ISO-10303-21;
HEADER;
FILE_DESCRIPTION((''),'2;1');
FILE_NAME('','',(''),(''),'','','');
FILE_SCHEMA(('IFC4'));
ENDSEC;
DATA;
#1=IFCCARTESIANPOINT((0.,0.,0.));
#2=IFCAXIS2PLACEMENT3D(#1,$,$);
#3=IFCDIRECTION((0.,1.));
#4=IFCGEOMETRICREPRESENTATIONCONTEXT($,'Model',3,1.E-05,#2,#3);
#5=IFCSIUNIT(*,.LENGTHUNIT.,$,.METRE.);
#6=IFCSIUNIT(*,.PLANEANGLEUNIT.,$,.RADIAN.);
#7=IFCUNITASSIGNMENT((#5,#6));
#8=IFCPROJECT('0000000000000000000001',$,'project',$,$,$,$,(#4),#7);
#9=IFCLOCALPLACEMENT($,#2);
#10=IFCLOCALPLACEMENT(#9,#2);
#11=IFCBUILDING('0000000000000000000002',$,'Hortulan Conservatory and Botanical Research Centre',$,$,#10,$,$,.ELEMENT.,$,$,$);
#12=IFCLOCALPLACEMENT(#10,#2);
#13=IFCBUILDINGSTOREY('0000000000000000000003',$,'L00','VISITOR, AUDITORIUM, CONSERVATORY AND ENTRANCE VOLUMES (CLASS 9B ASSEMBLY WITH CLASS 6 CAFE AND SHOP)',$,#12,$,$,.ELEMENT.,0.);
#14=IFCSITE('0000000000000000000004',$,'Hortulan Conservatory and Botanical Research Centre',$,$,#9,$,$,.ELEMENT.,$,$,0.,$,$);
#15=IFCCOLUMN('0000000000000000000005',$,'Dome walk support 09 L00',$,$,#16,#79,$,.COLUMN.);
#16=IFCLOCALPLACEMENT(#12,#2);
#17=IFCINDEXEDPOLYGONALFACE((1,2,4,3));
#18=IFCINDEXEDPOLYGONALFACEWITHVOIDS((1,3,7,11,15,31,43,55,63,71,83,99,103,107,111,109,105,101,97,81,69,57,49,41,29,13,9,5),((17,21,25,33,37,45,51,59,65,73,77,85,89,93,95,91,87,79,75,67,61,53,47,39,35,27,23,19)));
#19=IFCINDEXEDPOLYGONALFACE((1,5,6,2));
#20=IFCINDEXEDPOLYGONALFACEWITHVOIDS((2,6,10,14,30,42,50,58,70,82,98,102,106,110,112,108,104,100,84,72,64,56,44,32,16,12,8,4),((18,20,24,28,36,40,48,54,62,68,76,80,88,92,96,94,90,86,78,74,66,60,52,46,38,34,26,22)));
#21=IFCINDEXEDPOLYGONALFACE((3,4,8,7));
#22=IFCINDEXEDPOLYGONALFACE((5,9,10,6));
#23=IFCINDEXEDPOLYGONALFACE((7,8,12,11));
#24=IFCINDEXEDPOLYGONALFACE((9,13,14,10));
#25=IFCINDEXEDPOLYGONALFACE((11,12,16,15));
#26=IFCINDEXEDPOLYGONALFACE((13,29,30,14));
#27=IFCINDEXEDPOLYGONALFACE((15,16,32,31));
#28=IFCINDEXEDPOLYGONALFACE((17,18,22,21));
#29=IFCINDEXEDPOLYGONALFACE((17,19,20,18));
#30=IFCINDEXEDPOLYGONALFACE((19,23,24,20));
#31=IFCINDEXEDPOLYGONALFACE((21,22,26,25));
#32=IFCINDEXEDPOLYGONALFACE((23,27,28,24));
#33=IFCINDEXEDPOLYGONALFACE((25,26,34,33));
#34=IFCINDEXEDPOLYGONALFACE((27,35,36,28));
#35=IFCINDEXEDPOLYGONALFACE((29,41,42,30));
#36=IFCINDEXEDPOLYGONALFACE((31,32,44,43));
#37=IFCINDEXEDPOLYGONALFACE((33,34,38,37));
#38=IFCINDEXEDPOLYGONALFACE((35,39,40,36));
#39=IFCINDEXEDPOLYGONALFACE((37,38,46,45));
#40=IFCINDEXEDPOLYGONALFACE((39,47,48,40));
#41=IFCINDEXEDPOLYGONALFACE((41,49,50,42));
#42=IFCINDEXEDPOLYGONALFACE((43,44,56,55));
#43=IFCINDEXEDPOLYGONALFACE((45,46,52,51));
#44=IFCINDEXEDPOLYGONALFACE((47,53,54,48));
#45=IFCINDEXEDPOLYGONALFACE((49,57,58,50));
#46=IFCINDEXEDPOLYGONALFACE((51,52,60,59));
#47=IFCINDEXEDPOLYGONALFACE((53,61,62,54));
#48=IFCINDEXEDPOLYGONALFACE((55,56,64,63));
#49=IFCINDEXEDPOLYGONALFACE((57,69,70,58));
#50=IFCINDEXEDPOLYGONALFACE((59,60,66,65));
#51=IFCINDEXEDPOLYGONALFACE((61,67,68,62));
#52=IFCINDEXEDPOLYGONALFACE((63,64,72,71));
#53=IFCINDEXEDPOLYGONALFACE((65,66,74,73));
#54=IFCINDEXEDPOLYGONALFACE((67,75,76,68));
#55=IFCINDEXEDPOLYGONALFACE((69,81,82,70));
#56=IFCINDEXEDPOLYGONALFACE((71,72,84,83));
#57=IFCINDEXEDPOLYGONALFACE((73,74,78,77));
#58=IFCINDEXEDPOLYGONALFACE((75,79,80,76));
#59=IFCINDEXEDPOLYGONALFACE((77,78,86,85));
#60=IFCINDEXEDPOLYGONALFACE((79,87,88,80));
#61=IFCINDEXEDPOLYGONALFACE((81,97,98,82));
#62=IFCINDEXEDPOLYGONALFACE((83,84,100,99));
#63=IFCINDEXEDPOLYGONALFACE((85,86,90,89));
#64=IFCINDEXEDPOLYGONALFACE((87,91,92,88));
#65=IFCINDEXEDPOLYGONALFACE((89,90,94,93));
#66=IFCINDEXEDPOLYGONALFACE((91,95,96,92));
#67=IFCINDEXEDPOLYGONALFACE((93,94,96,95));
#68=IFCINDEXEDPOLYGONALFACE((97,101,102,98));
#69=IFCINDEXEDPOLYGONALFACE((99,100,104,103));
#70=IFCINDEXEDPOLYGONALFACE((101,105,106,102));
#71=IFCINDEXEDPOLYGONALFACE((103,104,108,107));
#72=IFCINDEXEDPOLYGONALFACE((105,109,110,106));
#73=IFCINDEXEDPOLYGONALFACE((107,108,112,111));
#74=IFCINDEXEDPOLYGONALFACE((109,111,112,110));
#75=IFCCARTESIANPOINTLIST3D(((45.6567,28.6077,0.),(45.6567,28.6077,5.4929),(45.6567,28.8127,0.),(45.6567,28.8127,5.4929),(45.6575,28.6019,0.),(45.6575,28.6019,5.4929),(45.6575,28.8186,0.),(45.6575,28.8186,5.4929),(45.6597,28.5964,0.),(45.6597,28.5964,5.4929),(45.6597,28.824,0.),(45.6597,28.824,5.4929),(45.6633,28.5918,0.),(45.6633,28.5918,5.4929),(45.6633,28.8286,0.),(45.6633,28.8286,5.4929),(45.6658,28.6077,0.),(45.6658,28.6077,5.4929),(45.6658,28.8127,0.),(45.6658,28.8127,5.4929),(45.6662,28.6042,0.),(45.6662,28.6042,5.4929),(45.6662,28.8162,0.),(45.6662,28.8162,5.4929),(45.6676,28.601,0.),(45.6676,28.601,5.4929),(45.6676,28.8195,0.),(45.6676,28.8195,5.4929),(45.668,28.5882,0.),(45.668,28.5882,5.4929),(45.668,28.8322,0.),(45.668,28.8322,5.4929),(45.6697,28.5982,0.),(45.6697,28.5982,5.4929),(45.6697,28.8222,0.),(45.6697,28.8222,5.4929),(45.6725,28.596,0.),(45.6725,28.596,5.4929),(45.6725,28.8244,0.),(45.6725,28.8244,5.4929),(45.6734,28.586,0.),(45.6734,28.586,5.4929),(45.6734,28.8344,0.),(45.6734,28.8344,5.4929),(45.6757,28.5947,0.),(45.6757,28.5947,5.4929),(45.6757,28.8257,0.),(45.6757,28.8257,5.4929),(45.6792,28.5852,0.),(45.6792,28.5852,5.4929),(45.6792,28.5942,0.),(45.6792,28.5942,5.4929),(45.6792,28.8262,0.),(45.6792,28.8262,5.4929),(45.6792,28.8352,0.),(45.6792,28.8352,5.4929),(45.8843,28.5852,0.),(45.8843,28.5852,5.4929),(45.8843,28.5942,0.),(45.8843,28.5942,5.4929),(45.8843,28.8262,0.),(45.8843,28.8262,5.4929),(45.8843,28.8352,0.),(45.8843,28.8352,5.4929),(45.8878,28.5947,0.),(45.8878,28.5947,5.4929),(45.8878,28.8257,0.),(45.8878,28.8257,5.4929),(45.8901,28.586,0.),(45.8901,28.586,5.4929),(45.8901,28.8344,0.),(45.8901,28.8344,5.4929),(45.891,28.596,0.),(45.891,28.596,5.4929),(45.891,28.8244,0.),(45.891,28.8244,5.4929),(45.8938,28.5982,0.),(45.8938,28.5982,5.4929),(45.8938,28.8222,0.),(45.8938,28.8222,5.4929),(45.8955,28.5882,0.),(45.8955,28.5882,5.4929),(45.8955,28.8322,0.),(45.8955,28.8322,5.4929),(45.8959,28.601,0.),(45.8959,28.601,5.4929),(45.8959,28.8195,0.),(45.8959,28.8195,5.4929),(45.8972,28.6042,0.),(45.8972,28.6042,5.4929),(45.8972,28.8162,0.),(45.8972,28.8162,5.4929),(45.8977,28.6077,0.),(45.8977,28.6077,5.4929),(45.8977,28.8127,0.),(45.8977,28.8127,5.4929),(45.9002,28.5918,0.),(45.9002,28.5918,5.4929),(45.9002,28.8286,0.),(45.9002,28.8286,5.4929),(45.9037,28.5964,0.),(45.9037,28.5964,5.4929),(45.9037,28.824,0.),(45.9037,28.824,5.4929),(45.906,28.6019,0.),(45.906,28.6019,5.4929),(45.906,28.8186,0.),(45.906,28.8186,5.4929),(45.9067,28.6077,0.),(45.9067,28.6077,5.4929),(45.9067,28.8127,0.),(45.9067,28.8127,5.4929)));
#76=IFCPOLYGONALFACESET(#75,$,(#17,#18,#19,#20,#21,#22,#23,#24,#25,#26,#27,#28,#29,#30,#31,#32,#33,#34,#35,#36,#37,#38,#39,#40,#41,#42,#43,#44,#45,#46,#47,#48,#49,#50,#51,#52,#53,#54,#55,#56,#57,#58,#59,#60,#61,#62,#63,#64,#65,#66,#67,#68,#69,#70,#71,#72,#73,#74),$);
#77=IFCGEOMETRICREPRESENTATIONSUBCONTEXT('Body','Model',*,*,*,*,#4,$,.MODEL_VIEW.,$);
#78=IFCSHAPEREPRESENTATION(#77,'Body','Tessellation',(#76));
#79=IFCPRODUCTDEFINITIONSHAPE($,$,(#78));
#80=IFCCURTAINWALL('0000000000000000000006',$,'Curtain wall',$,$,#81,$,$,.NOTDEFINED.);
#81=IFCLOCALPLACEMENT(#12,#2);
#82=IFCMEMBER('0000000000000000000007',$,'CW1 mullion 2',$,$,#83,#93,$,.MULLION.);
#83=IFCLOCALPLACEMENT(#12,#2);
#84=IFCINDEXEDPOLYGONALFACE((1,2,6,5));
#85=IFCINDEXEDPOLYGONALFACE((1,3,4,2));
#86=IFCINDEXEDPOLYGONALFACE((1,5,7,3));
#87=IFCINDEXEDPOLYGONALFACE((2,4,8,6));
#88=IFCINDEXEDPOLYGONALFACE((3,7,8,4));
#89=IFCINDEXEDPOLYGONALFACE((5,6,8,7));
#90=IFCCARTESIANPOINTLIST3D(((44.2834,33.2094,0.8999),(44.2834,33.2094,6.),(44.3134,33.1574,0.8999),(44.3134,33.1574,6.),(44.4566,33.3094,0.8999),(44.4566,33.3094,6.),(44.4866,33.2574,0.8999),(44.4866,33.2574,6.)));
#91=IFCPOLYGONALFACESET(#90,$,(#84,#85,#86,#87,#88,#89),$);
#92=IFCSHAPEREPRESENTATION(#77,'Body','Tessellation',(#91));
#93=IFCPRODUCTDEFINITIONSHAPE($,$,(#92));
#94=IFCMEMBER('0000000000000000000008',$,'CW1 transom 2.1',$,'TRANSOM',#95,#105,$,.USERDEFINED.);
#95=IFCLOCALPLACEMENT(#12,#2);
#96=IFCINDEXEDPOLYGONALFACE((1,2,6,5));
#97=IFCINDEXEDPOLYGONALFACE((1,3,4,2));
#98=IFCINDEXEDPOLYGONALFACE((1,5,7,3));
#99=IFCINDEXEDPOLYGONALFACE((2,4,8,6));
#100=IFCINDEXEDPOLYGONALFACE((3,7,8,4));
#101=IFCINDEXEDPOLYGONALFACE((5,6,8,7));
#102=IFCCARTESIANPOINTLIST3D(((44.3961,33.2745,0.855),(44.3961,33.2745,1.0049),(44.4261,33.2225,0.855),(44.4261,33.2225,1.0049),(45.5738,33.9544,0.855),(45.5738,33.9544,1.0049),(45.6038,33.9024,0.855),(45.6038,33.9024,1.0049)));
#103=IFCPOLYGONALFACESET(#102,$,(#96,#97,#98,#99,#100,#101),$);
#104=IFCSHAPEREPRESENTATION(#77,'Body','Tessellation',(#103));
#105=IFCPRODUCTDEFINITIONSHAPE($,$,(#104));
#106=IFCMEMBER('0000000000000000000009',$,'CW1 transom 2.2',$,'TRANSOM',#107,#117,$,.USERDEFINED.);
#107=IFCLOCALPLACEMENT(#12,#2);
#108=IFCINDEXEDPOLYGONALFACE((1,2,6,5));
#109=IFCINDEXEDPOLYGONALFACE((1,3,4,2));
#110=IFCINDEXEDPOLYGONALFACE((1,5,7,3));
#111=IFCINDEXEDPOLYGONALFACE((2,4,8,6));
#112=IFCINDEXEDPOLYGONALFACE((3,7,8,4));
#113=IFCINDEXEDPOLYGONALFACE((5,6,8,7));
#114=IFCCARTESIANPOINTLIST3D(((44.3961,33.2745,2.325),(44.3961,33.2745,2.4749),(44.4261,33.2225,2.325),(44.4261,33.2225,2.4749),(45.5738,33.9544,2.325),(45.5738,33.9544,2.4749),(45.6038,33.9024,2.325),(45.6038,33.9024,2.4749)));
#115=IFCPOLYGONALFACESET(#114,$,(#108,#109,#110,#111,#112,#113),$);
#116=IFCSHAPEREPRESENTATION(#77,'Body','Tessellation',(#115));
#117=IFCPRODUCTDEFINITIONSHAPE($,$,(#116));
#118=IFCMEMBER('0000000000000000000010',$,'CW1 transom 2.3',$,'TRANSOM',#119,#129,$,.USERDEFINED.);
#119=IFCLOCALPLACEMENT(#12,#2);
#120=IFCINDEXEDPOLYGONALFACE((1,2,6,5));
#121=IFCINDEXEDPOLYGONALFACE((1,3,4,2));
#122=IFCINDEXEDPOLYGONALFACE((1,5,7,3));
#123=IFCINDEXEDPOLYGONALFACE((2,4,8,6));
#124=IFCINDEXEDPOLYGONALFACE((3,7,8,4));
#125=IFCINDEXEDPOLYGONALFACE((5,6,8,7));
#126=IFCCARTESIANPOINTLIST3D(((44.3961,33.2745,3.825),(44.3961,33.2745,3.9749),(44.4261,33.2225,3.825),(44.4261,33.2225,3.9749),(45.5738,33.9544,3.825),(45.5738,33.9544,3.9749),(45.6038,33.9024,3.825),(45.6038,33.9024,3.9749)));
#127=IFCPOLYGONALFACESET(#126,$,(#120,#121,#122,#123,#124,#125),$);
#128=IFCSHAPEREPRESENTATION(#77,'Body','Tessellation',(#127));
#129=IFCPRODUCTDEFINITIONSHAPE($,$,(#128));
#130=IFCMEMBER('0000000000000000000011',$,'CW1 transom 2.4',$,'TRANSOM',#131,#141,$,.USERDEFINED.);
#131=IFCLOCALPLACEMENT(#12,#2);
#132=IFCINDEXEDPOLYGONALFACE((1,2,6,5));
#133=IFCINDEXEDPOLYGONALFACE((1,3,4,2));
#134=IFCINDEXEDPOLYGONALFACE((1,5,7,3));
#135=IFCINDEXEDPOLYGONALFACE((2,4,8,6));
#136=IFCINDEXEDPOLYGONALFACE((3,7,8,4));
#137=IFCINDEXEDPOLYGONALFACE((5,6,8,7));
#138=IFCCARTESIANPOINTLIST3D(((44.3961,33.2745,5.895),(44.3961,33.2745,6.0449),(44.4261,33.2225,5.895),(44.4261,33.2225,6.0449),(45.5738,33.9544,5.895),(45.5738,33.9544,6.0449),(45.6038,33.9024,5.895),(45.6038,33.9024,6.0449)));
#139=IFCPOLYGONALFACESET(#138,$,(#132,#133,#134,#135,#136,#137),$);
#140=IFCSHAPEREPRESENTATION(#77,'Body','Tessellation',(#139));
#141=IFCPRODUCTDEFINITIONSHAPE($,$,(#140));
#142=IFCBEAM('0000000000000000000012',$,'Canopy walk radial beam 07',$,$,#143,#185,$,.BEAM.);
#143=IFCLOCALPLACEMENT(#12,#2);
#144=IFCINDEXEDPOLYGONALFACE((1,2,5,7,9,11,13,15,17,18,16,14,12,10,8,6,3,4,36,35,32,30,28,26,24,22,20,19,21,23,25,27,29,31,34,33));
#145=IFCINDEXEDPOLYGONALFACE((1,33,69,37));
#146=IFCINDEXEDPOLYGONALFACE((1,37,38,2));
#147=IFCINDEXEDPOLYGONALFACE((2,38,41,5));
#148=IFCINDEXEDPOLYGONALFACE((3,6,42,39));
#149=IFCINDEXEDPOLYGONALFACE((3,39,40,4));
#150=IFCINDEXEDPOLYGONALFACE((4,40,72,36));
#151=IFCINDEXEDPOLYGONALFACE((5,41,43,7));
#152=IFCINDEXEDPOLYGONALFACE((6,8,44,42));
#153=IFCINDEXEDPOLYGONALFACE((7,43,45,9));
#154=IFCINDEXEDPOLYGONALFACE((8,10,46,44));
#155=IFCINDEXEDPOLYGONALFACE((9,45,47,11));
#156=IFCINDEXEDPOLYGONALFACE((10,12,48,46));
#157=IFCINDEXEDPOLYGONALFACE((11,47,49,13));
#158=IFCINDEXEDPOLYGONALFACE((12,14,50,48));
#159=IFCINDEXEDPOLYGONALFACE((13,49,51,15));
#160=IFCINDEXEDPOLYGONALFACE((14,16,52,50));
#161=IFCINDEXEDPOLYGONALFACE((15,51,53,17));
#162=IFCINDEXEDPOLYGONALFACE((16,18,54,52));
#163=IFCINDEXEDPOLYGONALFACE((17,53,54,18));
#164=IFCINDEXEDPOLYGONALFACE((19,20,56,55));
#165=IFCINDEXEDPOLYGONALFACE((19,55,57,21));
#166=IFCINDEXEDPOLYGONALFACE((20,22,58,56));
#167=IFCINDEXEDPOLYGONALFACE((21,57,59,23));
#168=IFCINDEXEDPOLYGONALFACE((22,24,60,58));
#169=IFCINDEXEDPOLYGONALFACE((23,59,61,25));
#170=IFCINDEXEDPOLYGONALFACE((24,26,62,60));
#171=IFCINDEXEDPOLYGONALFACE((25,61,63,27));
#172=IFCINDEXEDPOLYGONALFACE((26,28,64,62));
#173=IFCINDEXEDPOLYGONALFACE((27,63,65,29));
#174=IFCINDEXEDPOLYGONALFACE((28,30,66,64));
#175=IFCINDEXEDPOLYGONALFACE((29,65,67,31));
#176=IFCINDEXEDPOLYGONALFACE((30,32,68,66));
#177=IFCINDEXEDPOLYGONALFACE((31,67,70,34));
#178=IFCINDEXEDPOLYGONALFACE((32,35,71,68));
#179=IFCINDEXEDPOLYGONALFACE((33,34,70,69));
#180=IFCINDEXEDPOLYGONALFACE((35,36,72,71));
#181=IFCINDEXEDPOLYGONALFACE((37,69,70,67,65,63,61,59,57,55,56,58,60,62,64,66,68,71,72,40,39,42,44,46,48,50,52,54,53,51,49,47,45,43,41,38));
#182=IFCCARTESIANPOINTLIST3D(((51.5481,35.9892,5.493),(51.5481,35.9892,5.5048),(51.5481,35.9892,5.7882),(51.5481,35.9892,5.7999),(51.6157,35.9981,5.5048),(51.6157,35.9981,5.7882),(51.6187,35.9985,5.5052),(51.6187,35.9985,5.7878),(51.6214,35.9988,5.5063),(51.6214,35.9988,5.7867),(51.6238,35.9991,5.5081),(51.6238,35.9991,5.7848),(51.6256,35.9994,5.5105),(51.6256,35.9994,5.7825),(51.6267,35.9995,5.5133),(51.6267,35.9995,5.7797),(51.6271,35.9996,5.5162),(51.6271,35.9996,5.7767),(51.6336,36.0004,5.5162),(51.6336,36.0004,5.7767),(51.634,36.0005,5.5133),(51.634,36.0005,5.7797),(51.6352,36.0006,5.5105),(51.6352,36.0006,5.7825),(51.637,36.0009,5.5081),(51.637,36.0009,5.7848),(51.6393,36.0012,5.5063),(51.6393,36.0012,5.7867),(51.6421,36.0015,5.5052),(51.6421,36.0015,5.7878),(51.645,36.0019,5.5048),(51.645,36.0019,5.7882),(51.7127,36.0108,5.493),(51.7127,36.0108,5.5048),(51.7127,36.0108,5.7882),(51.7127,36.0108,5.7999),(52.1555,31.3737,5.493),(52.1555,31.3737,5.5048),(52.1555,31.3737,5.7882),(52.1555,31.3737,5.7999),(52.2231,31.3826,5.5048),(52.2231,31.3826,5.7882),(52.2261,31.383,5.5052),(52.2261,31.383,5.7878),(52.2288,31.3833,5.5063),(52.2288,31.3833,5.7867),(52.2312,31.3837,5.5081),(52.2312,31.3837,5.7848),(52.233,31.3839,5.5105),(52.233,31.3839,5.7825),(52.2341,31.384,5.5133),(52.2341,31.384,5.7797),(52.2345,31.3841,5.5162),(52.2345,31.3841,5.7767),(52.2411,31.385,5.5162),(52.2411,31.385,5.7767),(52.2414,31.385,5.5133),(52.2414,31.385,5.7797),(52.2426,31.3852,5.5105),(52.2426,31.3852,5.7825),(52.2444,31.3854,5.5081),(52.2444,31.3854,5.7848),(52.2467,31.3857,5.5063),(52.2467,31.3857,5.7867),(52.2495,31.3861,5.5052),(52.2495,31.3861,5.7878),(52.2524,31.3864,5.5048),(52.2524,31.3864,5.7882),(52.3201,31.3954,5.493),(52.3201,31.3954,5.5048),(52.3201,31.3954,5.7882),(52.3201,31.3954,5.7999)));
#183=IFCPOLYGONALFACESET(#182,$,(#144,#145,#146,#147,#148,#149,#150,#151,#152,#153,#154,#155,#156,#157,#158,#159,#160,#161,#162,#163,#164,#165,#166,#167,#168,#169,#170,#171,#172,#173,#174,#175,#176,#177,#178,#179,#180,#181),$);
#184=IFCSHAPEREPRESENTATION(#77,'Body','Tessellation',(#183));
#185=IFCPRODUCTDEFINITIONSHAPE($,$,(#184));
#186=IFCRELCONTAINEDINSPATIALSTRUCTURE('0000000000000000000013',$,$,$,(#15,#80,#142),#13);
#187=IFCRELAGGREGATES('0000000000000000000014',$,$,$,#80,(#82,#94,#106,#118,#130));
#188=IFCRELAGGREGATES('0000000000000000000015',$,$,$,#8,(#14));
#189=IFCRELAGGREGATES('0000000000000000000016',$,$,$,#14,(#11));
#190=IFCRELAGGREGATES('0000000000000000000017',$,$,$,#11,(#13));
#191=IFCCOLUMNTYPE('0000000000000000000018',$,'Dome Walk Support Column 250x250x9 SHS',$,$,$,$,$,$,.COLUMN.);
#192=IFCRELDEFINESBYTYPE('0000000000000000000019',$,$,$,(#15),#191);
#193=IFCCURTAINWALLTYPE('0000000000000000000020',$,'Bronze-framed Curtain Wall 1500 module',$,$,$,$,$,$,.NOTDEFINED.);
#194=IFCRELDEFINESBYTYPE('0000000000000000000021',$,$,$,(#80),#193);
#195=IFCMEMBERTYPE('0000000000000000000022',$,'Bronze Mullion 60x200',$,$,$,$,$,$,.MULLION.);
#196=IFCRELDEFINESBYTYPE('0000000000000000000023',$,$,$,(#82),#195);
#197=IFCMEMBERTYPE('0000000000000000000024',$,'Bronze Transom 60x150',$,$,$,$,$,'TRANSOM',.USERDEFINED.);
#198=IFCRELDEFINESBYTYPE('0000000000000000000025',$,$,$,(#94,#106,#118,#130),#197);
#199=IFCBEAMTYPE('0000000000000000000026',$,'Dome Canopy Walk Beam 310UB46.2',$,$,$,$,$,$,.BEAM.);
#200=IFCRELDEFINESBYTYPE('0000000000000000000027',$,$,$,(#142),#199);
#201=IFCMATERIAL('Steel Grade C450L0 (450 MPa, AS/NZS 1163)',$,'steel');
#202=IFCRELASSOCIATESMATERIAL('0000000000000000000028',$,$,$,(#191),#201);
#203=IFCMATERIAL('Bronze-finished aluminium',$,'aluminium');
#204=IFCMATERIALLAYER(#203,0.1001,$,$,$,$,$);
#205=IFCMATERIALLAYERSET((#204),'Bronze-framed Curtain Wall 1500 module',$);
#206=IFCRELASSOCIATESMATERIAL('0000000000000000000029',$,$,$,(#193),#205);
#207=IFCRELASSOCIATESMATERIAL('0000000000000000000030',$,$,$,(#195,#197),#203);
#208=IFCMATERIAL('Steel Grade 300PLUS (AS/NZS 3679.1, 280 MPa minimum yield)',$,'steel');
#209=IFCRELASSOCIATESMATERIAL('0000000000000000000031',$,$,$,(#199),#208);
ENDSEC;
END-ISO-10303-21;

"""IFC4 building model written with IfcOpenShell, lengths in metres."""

from ifc_helpers import new_model, si_unit, direction, frame, origin, origin_2d, place, context, subcontext, project, spatial, rectangle, hollow_rectangle, i_section, extrude, material, layer, layer_set, material_profile, profile_set, type_object, element, aggregate, save


model = new_model("IFC4")

# Units and contexts
model_context = context("Model", 3, precision=1e-05, world=origin(), true_north=direction((0.0, 1.0)))
body_context = subcontext(model_context, "Body", "Model", "MODEL_VIEW")
ifc_project = project(units=[si_unit("LENGTHUNIT", "METRE"), si_unit("PLANEANGLEUNIT", "RADIAN")], contexts=[model_context])

# Site, building, storey
site_placement = place(None, origin())
site = spatial("IfcSite", under=ifc_project, at=site_placement, Name="Hortulan Conservatory and Botanical Research Centre", CompositionType="ELEMENT", RefElevation=0.0)
building_placement = place(site_placement, origin())
building = spatial("IfcBuilding", under=site, at=building_placement, Name="Hortulan Conservatory and Botanical Research Centre", CompositionType="ELEMENT")
storey_placement = place(building_placement, origin())
storey = spatial("IfcBuildingStorey", under=building, at=storey_placement, Name="L00", Description="VISITOR, AUDITORIUM, CONSERVATORY AND ENTRANCE VOLUMES (CLASS 9B ASSEMBLY WITH CLASS 6 CAFE AND SHOP)", CompositionType="ELEMENT", Elevation=0.0)

# Column
ifc_material_1 = material(Name="Steel Grade C450L0 (450 MPa, AS/NZS 1163)", Category="steel")
ifc_material_profile_1 = material_profile(ifc_material_1, hollow_rectangle(XDim=0.25, YDim=0.25, WallThickness=0.009, InnerFilletRadius=0.0134, OuterFilletRadius=0.0225, at=origin_2d()), Name="250x250x9SHS")
ifc_profile_set_1 = profile_set([ifc_material_profile_1], Name="Steel Grade C450L0 (450 MPa, AS/NZS 1163)")
column_type = type_object("IfcColumnType", Name="Dome Walk Support Column 250x250x9 SHS", PredefinedType="COLUMN", material=ifc_profile_set_1)
for number, where, z_axis, x_axis, name in (
    (1, (45.7817, 28.7102, 0.0), (0.0, 0.0, 1.0), (1.0, 0.0, 0.0), "Dome walk support 09 L00"),
):
    element("IfcColumn", number, at=place(storey_placement, frame(where, z_axis=z_axis, x_axis=x_axis)), inside=storey, type_object=column_type, Name=name, PredefinedType="COLUMN", context=body_context, shape_type="SweptSolid", body=[
        extrude(hollow_rectangle(XDim=0.25, YDim=0.25, WallThickness=0.009, InnerFilletRadius=0.0134, OuterFilletRadius=0.0225, at=origin_2d()), origin(), (0.0, 0.0, 1.0), 5.4929),
    ])

# Curtain wall, members
ifc_material_2 = material(Name="Bronze-finished aluminium", Category="aluminium")
ifc_layer_1 = layer(ifc_material_2, 0.1001)
ifc_layer_set_1 = layer_set([ifc_layer_1], Name="Bronze-framed Curtain Wall 1500 module")
curtain_wall_type = type_object("IfcCurtainWallType", Name="Bronze-framed Curtain Wall 1500 module", PredefinedType="NOTDEFINED", material=ifc_layer_set_1)
curtain_wall_placement = place(storey_placement, origin())
curtain_wall = element("IfcCurtainWall", 2, at=curtain_wall_placement, inside=storey, type_object=curtain_wall_type, Name="Curtain wall", PredefinedType="NOTDEFINED")
ifc_material_profile_2 = material_profile(ifc_material_2, rectangle(XDim=0.0601, YDim=0.2, at=origin_2d()), Name="Bronze Mullion 60x200")
ifc_profile_set_2 = profile_set([ifc_material_profile_2], Name="Bronze-finished aluminium")
member_type_1 = type_object("IfcMemberType", Name="Bronze Mullion 60x200", PredefinedType="MULLION", material=ifc_profile_set_2)
member_1_placement = place(storey_placement, frame((44.385, 33.2334, 0.8999), z_axis=(0.0, 0.0, 1.0), x_axis=(-0.499981, 0.866036, 0.0)))
member_1 = element("IfcMember", 3, at=member_1_placement, type_object=member_type_1, Name="CW1 mullion 2", PredefinedType="MULLION", context=body_context, shape_type="SweptSolid", body=[
    extrude(rectangle(XDim=0.0601, YDim=0.2, at=origin_2d()), origin(), (0.0, 0.0, 1.0), 5.1001),
])
ifc_material_profile_3 = material_profile(ifc_material_2, rectangle(XDim=0.0601, YDim=0.1499, at=origin_2d()), Name="Bronze Transom 60x150")
ifc_profile_set_3 = profile_set([ifc_material_profile_3], Name="Bronze-finished aluminium")
member_type_2 = type_object("IfcMemberType", Name="Bronze Transom 60x150", ElementType="TRANSOM", PredefinedType="USERDEFINED", material=ifc_profile_set_3)
member_2_placement = place(storey_placement, frame((44.4111, 33.2485, 0.9299), z_axis=(0.866036, 0.499981, 0.0), x_axis=(-0.499981, 0.866036, 0.0)))
member_2 = element("IfcMember", 4, at=member_2_placement, type_object=member_type_2, Name="CW1 transom 2.1", ObjectType="TRANSOM", PredefinedType="USERDEFINED", context=body_context, shape_type="SweptSolid", body=[
    extrude(rectangle(XDim=0.0601, YDim=0.1499, at=origin_2d()), origin(), (0.0, 0.0, 1.0), 1.3599),
])
member_3_placement = place(storey_placement, frame((44.4111, 33.2485, 2.3999), z_axis=(0.866036, 0.499981, 0.0), x_axis=(-0.499981, 0.866036, 0.0)))
member_3 = element("IfcMember", 5, at=member_3_placement, type_object=member_type_2, Name="CW1 transom 2.2", ObjectType="TRANSOM", PredefinedType="USERDEFINED", context=body_context, shape_type="SweptSolid", body=[
    extrude(rectangle(XDim=0.0601, YDim=0.1499, at=origin_2d()), origin(), (0.0, 0.0, 1.0), 1.3599),
])
member_4_placement = place(storey_placement, frame((44.4111, 33.2485, 3.8999), z_axis=(0.866036, 0.499981, 0.0), x_axis=(-0.499981, 0.866036, 0.0)))
member_4 = element("IfcMember", 6, at=member_4_placement, type_object=member_type_2, Name="CW1 transom 2.3", ObjectType="TRANSOM", PredefinedType="USERDEFINED", context=body_context, shape_type="SweptSolid", body=[
    extrude(rectangle(XDim=0.0601, YDim=0.1499, at=origin_2d()), origin(), (0.0, 0.0, 1.0), 1.3599),
])
member_5_placement = place(storey_placement, frame((44.4111, 33.2485, 5.97), z_axis=(0.866036, 0.499981, 0.0), x_axis=(-0.499981, 0.866036, 0.0)))
member_5 = element("IfcMember", 7, at=member_5_placement, type_object=member_type_2, Name="CW1 transom 2.4", ObjectType="TRANSOM", PredefinedType="USERDEFINED", context=body_context, shape_type="SweptSolid", body=[
    extrude(rectangle(XDim=0.0601, YDim=0.1499, at=origin_2d()), origin(), (0.0, 0.0, 1.0), 1.3599),
])

# Beam
ifc_material_3 = material(Name="Steel Grade 300PLUS (AS/NZS 3679.1, 280 MPa minimum yield)", Category="steel")
ifc_material_profile_4 = material_profile(ifc_material_3, i_section(OverallWidth=0.166, OverallDepth=0.3069, WebThickness=0.0066, FlangeThickness=0.0117, FilletRadius=0.0115, at=origin_2d()), Name="310UB46.2")
ifc_profile_set_4 = profile_set([ifc_material_profile_4], Name="Steel Grade 300PLUS (AS/NZS 3679.1, 280 MPa minimum yield)")
beam_type = type_object("IfcBeamType", Name="Dome Canopy Walk Beam 310UB46.2", PredefinedType="BEAM", material=ifc_profile_set_4)
for number, where, z_axis, x_axis, name in (
    (8, (52.2378, 31.3845, 5.6465), (-0.13048, 0.991451, 0.0), (-0.991451, -0.13048, 0.0), "Canopy walk radial beam 07"),
):
    element("IfcBeam", number, at=place(storey_placement, frame(where, z_axis=z_axis, x_axis=x_axis)), inside=storey, type_object=beam_type, Name=name, PredefinedType="BEAM", context=body_context, shape_type="SweptSolid", body=[
        extrude(i_section(OverallWidth=0.166, OverallDepth=0.3069, WebThickness=0.0066, FlangeThickness=0.0117, FilletRadius=0.0115, at=origin_2d()), origin(), (0.0, 0.0, 1.0), 4.6553),
    ])

aggregate(curtain_wall, [member_1, member_2, member_3, member_4, member_5])

save(model, "model.ifc")
